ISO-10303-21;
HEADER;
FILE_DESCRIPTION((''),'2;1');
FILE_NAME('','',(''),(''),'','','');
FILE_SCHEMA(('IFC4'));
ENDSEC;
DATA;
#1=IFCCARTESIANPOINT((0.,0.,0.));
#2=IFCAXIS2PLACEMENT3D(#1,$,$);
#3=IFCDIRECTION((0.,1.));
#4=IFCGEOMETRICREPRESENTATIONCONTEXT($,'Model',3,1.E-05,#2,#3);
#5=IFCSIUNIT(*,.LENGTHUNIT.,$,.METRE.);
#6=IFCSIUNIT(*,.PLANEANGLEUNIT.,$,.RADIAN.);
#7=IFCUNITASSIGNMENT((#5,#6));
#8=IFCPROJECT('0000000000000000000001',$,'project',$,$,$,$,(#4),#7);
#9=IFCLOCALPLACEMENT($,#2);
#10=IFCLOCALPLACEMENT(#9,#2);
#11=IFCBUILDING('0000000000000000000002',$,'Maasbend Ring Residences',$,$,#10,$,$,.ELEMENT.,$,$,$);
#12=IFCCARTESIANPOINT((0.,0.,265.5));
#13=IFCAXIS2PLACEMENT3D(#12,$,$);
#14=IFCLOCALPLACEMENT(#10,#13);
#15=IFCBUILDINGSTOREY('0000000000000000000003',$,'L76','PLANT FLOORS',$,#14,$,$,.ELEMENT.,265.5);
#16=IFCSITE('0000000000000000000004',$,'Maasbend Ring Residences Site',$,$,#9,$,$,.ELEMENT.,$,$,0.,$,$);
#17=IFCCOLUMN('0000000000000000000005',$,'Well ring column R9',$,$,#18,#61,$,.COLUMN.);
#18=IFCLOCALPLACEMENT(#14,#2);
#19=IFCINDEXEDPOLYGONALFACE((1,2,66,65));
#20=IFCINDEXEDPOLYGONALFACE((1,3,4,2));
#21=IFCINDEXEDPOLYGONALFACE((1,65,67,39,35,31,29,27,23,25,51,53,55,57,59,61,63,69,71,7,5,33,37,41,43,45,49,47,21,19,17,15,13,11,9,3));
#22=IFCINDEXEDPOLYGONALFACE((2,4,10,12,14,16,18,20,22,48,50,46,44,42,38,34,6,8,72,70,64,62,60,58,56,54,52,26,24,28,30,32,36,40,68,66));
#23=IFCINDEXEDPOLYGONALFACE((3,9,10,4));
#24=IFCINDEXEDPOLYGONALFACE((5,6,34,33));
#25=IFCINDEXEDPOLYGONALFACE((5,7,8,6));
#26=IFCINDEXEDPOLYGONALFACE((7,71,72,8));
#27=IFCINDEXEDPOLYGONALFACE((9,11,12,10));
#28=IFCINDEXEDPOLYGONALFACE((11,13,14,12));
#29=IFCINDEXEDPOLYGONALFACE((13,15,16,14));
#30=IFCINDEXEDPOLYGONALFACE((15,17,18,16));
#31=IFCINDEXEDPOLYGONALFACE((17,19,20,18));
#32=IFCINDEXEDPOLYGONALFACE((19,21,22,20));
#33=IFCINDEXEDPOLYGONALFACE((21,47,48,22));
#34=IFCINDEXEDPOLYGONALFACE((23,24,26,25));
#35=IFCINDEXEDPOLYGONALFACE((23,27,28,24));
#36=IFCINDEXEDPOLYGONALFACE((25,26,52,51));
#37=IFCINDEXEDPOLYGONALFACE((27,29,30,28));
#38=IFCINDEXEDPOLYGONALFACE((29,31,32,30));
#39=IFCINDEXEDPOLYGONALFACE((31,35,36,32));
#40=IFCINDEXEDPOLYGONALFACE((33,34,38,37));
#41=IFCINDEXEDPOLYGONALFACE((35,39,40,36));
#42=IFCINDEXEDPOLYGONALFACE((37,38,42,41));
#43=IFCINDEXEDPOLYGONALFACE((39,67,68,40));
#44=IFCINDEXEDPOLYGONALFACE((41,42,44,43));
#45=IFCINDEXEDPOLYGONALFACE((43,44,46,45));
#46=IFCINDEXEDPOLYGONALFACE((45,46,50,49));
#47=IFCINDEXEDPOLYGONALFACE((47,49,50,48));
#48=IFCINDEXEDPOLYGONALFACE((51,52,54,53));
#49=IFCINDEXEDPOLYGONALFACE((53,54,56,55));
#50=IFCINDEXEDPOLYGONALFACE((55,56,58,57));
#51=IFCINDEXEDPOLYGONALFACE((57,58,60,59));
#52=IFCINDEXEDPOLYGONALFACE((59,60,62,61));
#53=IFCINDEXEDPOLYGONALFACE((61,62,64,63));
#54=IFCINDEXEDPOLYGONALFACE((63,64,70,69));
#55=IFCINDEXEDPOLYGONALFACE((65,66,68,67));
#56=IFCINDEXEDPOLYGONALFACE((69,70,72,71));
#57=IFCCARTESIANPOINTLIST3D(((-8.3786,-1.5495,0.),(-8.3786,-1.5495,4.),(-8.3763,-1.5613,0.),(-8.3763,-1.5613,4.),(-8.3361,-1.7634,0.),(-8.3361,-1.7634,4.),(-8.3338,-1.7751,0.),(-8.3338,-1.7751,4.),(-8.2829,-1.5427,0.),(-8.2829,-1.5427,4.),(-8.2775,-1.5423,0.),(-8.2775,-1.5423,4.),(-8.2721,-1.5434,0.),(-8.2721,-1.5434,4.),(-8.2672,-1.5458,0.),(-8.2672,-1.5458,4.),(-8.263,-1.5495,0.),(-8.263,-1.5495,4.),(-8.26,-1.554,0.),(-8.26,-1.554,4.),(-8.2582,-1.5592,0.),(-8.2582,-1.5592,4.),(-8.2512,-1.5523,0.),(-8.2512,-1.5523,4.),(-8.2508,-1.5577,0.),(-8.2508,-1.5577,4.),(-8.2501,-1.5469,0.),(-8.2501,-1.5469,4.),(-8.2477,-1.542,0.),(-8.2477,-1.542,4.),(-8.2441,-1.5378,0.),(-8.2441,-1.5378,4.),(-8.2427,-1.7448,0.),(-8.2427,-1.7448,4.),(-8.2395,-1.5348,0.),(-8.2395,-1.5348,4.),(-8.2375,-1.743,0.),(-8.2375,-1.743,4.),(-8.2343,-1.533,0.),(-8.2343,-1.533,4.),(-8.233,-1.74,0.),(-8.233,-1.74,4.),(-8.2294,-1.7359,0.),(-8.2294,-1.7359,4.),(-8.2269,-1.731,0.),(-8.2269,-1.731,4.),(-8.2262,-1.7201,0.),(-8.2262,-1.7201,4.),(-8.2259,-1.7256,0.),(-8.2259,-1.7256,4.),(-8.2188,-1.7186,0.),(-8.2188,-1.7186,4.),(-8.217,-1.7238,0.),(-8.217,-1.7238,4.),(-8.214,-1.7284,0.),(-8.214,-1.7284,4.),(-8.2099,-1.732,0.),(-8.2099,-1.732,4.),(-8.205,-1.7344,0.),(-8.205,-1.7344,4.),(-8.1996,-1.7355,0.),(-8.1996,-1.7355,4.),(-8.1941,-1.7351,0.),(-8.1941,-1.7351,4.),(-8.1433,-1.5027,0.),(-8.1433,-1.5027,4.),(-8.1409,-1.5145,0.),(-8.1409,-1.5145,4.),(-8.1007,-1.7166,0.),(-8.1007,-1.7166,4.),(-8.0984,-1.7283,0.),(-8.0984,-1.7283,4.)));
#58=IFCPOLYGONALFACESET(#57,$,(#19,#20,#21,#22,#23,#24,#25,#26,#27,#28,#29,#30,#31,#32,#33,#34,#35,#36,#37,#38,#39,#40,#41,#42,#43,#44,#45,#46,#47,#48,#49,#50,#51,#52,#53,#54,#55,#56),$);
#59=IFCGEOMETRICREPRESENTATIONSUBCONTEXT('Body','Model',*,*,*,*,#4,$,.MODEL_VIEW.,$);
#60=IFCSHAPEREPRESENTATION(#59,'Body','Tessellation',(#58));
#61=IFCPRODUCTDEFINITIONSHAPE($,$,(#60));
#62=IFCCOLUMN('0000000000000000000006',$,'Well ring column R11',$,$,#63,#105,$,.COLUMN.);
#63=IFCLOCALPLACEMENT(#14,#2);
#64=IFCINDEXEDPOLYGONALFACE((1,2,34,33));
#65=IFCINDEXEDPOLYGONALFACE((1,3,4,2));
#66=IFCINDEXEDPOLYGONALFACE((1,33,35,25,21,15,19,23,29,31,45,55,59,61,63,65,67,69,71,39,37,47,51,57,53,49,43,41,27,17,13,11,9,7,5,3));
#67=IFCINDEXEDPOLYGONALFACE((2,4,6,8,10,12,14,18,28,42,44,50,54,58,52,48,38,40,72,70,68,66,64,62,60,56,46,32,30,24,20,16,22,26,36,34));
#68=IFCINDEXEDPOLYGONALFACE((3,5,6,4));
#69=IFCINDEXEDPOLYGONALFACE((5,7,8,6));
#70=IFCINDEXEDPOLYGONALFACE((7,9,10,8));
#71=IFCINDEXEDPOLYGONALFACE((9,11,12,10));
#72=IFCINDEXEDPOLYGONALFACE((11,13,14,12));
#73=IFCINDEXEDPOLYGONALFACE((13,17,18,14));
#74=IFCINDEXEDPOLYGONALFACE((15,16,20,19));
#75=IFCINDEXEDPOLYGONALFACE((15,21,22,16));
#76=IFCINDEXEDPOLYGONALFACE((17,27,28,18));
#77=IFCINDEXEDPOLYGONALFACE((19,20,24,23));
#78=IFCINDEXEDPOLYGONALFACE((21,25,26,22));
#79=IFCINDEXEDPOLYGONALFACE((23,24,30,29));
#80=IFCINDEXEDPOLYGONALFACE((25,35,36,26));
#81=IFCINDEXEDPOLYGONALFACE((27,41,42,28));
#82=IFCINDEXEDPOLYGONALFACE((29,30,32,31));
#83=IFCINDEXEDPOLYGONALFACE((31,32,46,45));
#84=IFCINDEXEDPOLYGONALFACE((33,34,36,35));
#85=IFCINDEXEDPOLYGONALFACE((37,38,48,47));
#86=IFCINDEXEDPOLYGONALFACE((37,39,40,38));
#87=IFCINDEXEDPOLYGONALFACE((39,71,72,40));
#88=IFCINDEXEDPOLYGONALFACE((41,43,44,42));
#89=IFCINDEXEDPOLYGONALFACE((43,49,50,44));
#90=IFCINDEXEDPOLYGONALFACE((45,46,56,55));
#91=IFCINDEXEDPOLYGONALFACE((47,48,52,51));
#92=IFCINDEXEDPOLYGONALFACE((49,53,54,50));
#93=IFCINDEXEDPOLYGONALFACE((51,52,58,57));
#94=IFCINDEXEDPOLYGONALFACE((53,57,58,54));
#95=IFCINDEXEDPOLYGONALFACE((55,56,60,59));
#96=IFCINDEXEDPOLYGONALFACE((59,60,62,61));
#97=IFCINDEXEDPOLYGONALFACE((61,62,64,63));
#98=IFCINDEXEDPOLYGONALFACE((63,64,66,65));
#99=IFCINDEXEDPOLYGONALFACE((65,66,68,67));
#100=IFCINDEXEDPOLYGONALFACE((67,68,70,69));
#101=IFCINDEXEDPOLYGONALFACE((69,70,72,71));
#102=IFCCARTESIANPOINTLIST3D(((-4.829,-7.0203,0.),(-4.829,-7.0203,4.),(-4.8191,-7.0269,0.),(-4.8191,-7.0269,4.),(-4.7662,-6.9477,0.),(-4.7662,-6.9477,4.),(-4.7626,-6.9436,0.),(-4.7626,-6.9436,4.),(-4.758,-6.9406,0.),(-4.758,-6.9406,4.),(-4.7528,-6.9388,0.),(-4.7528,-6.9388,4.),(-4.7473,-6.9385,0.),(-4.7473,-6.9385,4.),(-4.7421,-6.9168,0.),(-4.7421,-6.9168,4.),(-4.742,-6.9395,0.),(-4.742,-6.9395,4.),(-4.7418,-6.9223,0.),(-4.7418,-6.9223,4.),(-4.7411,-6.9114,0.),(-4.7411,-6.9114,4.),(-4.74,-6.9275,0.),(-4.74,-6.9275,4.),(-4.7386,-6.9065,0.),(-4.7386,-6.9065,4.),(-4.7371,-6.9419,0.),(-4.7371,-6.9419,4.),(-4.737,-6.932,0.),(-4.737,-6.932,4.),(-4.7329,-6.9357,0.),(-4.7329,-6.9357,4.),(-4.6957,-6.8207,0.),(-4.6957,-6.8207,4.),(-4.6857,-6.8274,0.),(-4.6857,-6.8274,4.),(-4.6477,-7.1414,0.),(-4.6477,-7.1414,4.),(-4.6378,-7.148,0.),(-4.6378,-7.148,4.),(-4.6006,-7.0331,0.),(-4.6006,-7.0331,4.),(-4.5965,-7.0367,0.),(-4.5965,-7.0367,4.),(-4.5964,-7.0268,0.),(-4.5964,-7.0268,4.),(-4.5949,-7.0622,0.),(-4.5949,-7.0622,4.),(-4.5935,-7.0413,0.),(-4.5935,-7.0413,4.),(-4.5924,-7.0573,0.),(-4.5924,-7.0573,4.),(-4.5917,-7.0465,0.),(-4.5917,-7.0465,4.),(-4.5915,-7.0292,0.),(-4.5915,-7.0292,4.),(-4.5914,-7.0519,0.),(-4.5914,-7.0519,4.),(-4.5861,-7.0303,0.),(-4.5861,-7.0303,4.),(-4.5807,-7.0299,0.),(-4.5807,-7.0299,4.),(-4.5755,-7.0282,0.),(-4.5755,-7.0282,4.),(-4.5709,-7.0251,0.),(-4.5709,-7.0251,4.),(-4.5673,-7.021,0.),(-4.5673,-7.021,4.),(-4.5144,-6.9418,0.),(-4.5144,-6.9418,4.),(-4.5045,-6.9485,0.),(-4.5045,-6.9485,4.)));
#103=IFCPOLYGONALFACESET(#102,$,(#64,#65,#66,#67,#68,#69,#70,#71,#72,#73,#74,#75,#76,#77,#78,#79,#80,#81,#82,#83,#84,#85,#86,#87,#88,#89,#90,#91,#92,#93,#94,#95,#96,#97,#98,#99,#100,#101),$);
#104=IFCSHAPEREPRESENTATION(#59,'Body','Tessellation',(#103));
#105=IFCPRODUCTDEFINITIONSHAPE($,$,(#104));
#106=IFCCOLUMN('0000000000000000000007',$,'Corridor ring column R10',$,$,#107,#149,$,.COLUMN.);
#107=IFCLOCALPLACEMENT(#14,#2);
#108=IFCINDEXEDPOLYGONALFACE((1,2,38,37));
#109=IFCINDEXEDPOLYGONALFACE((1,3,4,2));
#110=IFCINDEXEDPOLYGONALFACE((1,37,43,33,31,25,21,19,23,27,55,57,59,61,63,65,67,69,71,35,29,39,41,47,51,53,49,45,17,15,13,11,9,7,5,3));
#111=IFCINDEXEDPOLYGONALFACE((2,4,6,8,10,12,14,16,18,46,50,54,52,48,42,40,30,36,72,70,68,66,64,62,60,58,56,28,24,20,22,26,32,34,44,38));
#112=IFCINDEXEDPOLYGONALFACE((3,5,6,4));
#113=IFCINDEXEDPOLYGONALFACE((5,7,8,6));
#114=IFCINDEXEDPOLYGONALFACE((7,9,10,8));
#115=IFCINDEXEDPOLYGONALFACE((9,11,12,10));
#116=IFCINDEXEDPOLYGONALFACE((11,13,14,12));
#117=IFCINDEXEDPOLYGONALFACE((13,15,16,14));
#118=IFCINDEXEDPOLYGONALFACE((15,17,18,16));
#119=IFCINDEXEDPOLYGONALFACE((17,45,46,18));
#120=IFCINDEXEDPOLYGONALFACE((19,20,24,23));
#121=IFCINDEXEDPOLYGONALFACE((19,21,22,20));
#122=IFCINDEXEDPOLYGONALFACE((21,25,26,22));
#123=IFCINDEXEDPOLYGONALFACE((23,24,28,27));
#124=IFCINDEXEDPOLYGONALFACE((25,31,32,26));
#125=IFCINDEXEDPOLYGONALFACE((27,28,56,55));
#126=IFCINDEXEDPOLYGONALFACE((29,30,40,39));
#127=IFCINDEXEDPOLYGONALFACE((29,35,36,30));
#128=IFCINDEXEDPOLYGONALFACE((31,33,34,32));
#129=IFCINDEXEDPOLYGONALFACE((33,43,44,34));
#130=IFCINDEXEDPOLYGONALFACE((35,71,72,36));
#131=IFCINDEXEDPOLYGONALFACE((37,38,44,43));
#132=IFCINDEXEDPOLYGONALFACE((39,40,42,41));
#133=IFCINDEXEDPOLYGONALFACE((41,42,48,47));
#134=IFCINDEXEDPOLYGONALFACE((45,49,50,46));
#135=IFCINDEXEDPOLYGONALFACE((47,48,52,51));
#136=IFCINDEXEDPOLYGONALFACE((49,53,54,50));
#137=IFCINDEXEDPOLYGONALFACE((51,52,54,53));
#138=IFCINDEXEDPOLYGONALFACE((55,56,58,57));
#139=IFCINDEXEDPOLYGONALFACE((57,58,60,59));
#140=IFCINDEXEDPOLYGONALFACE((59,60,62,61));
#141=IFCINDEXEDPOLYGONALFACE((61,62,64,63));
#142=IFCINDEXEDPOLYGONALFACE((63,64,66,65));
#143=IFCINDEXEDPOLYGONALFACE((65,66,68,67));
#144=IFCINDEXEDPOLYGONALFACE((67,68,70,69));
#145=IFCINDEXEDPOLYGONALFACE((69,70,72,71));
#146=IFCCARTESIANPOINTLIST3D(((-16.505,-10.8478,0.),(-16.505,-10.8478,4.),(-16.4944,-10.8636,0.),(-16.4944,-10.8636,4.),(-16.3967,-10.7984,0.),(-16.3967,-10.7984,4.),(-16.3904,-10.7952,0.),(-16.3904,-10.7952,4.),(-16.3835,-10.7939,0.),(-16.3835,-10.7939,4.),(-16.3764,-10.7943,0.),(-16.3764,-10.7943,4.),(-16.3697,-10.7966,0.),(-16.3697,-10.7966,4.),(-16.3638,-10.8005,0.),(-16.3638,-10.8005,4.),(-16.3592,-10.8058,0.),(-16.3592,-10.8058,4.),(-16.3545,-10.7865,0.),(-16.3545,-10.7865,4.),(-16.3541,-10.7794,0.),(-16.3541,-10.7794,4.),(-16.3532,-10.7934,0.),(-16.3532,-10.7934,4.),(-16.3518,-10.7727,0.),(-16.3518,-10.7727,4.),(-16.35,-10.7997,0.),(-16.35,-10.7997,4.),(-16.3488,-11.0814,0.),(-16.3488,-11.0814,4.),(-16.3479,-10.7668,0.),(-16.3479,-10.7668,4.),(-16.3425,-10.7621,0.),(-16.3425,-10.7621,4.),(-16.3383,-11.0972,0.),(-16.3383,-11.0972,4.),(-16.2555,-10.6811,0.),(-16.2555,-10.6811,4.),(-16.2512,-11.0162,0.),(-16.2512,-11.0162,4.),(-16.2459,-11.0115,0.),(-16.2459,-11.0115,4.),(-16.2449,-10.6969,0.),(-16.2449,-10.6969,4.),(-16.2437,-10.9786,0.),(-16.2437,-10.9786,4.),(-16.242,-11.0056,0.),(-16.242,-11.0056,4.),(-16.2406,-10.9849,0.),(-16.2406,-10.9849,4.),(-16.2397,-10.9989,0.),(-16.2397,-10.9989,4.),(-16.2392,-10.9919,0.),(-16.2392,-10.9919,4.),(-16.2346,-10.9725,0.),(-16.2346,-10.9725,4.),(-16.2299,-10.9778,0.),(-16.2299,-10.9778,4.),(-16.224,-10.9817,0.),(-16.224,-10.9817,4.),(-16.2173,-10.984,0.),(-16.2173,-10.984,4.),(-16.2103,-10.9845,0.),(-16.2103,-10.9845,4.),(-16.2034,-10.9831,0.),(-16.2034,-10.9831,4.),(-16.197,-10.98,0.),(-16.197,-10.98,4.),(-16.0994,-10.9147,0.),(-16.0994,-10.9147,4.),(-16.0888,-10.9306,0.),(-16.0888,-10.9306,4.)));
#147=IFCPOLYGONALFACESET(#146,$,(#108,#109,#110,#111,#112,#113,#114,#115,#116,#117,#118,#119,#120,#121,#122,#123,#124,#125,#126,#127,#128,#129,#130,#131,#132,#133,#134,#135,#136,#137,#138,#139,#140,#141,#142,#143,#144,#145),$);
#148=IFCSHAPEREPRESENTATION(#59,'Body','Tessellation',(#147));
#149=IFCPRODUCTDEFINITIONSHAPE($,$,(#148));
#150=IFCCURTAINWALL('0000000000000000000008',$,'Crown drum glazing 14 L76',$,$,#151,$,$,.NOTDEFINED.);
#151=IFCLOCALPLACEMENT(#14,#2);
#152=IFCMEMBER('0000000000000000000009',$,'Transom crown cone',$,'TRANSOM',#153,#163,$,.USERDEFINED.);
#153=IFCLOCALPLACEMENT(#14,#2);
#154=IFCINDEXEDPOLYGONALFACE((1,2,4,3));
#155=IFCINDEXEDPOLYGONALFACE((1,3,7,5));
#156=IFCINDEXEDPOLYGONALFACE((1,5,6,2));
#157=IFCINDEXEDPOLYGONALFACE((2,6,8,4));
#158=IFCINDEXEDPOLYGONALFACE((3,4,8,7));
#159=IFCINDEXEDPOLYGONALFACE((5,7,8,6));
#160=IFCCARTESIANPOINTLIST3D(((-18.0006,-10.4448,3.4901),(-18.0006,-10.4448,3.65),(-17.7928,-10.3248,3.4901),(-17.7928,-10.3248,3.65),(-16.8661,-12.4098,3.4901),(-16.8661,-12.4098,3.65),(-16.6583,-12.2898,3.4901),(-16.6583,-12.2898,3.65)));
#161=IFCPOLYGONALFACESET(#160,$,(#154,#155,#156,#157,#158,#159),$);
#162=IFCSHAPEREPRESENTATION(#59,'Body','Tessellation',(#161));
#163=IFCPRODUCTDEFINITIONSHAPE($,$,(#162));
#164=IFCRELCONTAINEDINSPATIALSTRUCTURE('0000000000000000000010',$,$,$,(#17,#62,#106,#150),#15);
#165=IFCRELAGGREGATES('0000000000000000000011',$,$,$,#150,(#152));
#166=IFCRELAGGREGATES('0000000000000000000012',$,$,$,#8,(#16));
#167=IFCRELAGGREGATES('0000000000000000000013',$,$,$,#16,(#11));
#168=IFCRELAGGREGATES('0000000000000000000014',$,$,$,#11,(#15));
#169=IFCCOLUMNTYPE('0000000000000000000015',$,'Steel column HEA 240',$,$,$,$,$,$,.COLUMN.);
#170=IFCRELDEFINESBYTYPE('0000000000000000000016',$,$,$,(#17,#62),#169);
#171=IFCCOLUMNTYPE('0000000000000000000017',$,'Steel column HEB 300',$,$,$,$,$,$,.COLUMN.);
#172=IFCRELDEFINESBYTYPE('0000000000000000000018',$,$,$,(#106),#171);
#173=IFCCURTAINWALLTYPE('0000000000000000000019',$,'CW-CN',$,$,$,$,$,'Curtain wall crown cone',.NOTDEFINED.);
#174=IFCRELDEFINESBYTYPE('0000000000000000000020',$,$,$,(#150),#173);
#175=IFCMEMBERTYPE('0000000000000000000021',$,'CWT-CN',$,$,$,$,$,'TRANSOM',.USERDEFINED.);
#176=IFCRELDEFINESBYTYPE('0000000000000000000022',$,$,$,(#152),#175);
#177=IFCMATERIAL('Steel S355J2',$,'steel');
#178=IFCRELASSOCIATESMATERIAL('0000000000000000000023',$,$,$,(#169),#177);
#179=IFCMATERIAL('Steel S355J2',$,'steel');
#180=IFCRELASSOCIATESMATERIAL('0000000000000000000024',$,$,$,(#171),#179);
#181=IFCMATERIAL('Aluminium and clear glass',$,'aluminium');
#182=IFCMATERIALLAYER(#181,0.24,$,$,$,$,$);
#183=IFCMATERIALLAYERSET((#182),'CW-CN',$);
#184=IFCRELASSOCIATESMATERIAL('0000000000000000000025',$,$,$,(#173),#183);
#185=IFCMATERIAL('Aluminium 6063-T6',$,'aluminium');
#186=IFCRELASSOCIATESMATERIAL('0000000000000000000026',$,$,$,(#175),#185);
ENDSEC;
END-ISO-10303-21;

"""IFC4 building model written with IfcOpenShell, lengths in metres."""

from ifc_helpers import new_model, si_unit, direction, frame, origin, origin_2d, place, context, subcontext, project, spatial, rectangle, i_section, extrude, material, layer, layer_set, material_profile, profile_set, type_object, element, aggregate, save


model = new_model("IFC4")

# Units and contexts
model_context = context("Model", 3, precision=1e-05, world=origin(), true_north=direction((0.0, 1.0)))
body_context = subcontext(model_context, "Body", "Model", "MODEL_VIEW")
ifc_project = project(units=[si_unit("LENGTHUNIT", "METRE"), si_unit("PLANEANGLEUNIT", "RADIAN")], contexts=[model_context])

# Site, building, storey
site_placement = place(None, origin())
site = spatial("IfcSite", under=ifc_project, at=site_placement, Name="Maasbend Ring Residences Site", CompositionType="ELEMENT", RefElevation=0.0)
building_placement = place(site_placement, origin())
building = spatial("IfcBuilding", under=site, at=building_placement, Name="Maasbend Ring Residences", CompositionType="ELEMENT")
storey_placement = place(building_placement, frame((0.0, 0.0, 265.5)))
storey = spatial("IfcBuildingStorey", under=building, at=storey_placement, Name="L76", Description="PLANT FLOORS", CompositionType="ELEMENT", Elevation=265.5)

# Columns
ifc_material_1 = material(Name="Steel S355J2", Category="steel")
ifc_material_profile_1 = material_profile(ifc_material_1, i_section(OverallWidth=0.24, OverallDepth=0.23, WebThickness=0.0076, FlangeThickness=0.012, FilletRadius=0.021, at=origin_2d()), Name="HEA 240")
ifc_profile_set_1 = profile_set([ifc_material_profile_1], Name="Steel S355J2")
column_type_1 = type_object("IfcColumnType", Name="Steel column HEA 240", PredefinedType="COLUMN", material=ifc_profile_set_1)
for number, where, z_axis, x_axis, name in (
    (1, (-8.2385, -1.6389, 0.0), (0.0, 0.0, 1.0), (-0.980785, -0.19509, 0.0), "Well ring column R9"),
    (2, (-4.6667, -6.9844, 0.0), (0.0, 0.0, 1.0), (-0.55557, -0.83147, 0.0), "Well ring column R11"),
):
    element("IfcColumn", number, at=place(storey_placement, frame(where, z_axis=z_axis, x_axis=x_axis)), inside=storey, type_object=column_type_1, Name=name, PredefinedType="COLUMN", context=body_context, shape_type="SweptSolid", body=[
        extrude(i_section(OverallWidth=0.24, OverallDepth=0.23, WebThickness=0.0076, FlangeThickness=0.012, FilletRadius=0.021, at=origin_2d()), origin(), (0.0, 0.0, 1.0), 4.0),
    ])
ifc_material_2 = material(Name="Steel S355J2", Category="steel")
ifc_material_profile_2 = material_profile(ifc_material_2, i_section(OverallWidth=0.3, OverallDepth=0.3, WebThickness=0.011, FlangeThickness=0.019, FilletRadius=0.0271, at=origin_2d()), Name="HEB 300")
ifc_profile_set_2 = profile_set([ifc_material_profile_2], Name="Steel S355J2")
column_type_2 = type_object("IfcColumnType", Name="Steel column HEB 300", PredefinedType="COLUMN", material=ifc_profile_set_2)
column_placement = place(storey_placement, frame((-16.2969, -10.8892, 0.0), z_axis=(0.0, 0.0, 1.0), x_axis=(-0.83147, -0.55557, 0.0)))
element("IfcColumn", 3, at=column_placement, inside=storey, type_object=column_type_2, Name="Corridor ring column R10", PredefinedType="COLUMN", context=body_context, shape_type="SweptSolid", body=[
    extrude(i_section(OverallWidth=0.3, OverallDepth=0.3, WebThickness=0.011, FlangeThickness=0.019, FilletRadius=0.0271, at=origin_2d()), origin(), (0.0, 0.0, 1.0), 4.0),
])

# Curtain wall, member
ifc_material_3 = material(Name="Aluminium and clear glass", Category="aluminium")
ifc_layer_1 = layer(ifc_material_3, 0.24)
ifc_layer_set_1 = layer_set([ifc_layer_1], Name="CW-CN")
curtain_wall_type = type_object("IfcCurtainWallType", Name="CW-CN", ElementType="Curtain wall crown cone", PredefinedType="NOTDEFINED", material=ifc_layer_set_1)
curtain_wall_placement = place(storey_placement, origin())
curtain_wall = element("IfcCurtainWall", 4, at=curtain_wall_placement, inside=storey, type_object=curtain_wall_type, Name="Crown drum glazing 14 L76", PredefinedType="NOTDEFINED")
ifc_material_4 = material(Name="Aluminium 6063-T6", Category="aluminium")
ifc_material_profile_3 = material_profile(ifc_material_4, rectangle(XDim=0.24, YDim=0.1599, at=origin_2d()), Name="AL 240x160")
ifc_profile_set_3 = profile_set([ifc_material_profile_3], Name="Aluminium 6063-T6")
member_type = type_object("IfcMemberType", Name="CWT-CN", ElementType="TRANSOM", PredefinedType="USERDEFINED", material=ifc_profile_set_3)
member_placement = place(storey_placement, frame((-17.8967, -10.3848, 3.5701), z_axis=(0.499993, -0.86603, 0.0), x_axis=(0.86603, 0.499993, 0.0)))
member = element("IfcMember", 5, at=member_placement, type_object=member_type, Name="Transom crown cone", ObjectType="TRANSOM", PredefinedType="USERDEFINED", context=body_context, shape_type="SweptSolid", body=[
    extrude(rectangle(XDim=0.24, YDim=0.1599, at=origin_2d()), origin(), (0.0, 0.0, 1.0), 2.269),
])
aggregate(curtain_wall, [member])

save(model, "model.ifc")
